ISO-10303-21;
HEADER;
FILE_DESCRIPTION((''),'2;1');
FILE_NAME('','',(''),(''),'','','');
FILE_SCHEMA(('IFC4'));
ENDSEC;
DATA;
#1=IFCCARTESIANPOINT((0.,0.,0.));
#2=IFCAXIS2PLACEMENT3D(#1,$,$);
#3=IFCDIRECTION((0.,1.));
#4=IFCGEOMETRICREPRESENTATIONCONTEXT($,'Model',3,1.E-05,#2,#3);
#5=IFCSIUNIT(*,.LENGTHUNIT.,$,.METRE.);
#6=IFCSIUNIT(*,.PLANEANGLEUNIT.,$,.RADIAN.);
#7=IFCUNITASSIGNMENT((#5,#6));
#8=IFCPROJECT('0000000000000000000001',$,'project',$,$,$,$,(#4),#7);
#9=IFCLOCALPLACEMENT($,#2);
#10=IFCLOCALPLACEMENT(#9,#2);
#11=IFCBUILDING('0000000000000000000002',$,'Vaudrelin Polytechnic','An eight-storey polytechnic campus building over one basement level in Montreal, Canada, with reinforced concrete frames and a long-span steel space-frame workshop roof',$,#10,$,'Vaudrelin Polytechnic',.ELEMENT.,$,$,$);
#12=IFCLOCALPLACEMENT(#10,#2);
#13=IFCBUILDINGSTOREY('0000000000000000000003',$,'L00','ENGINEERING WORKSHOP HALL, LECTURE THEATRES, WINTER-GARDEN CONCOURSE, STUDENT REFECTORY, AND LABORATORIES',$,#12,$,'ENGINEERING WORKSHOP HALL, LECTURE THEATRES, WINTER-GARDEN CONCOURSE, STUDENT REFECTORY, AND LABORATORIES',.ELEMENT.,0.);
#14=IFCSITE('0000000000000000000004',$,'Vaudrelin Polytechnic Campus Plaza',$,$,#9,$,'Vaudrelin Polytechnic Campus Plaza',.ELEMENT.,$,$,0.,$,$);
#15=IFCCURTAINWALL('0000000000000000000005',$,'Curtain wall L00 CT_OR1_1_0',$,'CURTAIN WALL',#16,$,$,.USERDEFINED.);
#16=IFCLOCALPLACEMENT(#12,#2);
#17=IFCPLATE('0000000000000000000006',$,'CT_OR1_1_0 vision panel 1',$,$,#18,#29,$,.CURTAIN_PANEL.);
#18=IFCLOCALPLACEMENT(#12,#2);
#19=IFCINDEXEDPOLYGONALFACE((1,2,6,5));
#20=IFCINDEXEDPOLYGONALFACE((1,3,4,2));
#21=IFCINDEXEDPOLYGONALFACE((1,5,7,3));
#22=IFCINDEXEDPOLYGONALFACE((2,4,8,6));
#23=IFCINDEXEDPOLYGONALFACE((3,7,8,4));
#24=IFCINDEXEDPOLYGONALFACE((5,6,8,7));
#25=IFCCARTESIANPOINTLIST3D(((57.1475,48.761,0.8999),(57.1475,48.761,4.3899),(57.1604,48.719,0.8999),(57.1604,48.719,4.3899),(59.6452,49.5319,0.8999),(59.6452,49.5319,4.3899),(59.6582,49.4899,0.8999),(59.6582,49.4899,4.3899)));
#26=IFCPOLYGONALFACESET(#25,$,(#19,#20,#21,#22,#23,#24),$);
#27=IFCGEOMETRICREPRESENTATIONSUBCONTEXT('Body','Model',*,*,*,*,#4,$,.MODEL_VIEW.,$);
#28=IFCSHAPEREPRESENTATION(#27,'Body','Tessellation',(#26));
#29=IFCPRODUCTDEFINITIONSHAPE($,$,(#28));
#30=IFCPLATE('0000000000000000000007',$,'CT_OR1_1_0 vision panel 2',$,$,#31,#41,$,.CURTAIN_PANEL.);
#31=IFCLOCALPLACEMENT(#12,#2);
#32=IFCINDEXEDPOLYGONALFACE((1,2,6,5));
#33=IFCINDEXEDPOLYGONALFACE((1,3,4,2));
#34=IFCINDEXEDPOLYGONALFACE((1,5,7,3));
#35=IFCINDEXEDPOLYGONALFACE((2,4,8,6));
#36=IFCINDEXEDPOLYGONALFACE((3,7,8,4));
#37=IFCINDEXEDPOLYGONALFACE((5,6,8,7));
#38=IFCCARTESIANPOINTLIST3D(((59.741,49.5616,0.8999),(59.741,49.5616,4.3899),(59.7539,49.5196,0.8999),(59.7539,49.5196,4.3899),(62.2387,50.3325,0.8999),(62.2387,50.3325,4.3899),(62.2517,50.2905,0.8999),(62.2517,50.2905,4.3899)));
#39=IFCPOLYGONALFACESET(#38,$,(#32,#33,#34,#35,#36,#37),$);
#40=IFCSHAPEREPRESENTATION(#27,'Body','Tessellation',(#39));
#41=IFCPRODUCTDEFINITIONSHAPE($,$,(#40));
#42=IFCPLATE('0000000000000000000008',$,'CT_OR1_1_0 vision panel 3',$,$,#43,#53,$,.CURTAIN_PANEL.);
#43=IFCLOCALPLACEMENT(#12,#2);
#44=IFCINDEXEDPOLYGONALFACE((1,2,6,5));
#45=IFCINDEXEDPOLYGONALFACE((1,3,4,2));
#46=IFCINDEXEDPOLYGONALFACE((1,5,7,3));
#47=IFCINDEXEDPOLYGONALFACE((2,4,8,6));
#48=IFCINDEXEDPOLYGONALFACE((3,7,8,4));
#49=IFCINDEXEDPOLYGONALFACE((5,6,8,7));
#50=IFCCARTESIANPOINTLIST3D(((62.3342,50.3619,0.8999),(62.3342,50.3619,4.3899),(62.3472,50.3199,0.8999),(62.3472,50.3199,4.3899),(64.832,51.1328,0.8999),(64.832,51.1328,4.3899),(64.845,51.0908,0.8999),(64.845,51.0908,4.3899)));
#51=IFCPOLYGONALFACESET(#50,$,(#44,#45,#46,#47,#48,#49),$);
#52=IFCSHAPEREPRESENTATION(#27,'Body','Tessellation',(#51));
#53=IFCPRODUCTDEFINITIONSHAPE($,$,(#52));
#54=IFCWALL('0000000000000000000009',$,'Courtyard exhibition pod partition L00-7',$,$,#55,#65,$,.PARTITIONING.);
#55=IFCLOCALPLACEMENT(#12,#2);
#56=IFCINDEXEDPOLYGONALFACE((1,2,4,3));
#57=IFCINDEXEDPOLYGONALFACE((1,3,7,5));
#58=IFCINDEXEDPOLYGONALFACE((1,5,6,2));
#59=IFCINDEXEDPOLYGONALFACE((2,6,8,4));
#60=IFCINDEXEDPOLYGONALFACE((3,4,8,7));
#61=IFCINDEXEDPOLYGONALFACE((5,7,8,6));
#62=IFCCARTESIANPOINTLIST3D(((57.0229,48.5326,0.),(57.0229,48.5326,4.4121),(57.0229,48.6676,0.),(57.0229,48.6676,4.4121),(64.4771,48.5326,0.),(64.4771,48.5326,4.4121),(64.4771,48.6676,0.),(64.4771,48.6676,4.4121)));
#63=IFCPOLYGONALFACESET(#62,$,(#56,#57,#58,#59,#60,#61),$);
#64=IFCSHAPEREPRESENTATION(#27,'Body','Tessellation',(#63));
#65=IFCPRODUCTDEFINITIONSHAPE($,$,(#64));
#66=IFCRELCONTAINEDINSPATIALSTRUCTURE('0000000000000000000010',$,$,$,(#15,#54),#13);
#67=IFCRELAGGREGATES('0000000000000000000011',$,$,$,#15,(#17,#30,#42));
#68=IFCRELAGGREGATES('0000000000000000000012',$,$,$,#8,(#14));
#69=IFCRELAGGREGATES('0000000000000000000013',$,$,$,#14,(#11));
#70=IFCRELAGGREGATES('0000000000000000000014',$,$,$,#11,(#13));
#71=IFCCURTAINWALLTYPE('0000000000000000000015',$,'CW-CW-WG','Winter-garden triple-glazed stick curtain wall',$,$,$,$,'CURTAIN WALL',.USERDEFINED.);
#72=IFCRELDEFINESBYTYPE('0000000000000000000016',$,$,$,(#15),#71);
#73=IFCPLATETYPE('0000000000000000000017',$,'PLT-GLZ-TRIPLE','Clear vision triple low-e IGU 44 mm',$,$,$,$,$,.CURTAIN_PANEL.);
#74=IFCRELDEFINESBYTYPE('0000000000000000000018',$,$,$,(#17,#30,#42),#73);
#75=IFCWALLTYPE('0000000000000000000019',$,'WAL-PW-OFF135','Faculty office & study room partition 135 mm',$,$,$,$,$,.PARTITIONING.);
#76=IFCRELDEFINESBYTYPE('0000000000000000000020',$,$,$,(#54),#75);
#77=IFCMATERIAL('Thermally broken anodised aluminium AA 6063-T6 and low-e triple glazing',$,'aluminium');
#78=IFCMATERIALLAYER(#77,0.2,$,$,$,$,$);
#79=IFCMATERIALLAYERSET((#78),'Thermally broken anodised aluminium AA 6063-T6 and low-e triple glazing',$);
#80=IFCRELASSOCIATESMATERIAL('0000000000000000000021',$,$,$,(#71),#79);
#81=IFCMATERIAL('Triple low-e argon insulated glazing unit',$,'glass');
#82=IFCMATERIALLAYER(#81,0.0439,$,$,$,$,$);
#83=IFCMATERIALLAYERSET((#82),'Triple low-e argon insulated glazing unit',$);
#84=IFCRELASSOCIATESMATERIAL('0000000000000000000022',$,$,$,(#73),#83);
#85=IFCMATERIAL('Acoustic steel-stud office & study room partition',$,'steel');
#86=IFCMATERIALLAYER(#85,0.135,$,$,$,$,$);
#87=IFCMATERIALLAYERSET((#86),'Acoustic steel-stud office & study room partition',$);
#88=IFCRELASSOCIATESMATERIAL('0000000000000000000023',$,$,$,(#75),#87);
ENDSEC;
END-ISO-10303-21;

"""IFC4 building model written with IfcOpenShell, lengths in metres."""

from ifc_helpers import new_model, si_unit, direction, frame, frame_2d, origin, origin_2d, place, context, subcontext, project, spatial, rectangle, extrude, material, layer, layer_set, type_object, element, aggregate, save


model = new_model("IFC4")

# Units and contexts
model_context = context("Model", 3, precision=1e-05, world=origin(), true_north=direction((0.0, 1.0)))
body_context = subcontext(model_context, "Body", "Model", "MODEL_VIEW")
ifc_project = project(units=[si_unit("LENGTHUNIT", "METRE"), si_unit("PLANEANGLEUNIT", "RADIAN")], contexts=[model_context])

# Site, building, storey
site_placement = place(None, origin())
site = spatial("IfcSite", under=ifc_project, at=site_placement, Name="Vaudrelin Polytechnic Campus Plaza", LongName="Vaudrelin Polytechnic Campus Plaza", CompositionType="ELEMENT", RefElevation=0.0)
building_placement = place(site_placement, origin())
building = spatial("IfcBuilding", under=site, at=building_placement, Name="Vaudrelin Polytechnic", Description="An eight-storey polytechnic campus building over one basement level in Montreal, Canada, with reinforced concrete frames and a long-span steel space-frame workshop roof", LongName="Vaudrelin Polytechnic", CompositionType="ELEMENT")
storey_placement = place(building_placement, origin())
storey = spatial("IfcBuildingStorey", under=building, at=storey_placement, Name="L00", Description="ENGINEERING WORKSHOP HALL, LECTURE THEATRES, WINTER-GARDEN CONCOURSE, STUDENT REFECTORY, AND LABORATORIES", LongName="ENGINEERING WORKSHOP HALL, LECTURE THEATRES, WINTER-GARDEN CONCOURSE, STUDENT REFECTORY, AND LABORATORIES", CompositionType="ELEMENT", Elevation=0.0)

# Curtain wall
ifc_material_1 = material(Name="Thermally broken anodised aluminium AA 6063-T6 and low-e triple glazing", Category="aluminium")
ifc_layer_1 = layer(ifc_material_1, 0.2)
ifc_layer_set_1 = layer_set([ifc_layer_1], Name="Thermally broken anodised aluminium AA 6063-T6 and low-e triple glazing")
curtain_wall_type = type_object("IfcCurtainWallType", Name="CW-CW-WG", Description="Winter-garden triple-glazed stick curtain wall", ElementType="CURTAIN WALL", PredefinedType="USERDEFINED", material=ifc_layer_set_1)
curtain_wall_1_placement = place(storey_placement, origin())
curtain_wall_1 = element("IfcCurtainWall", 1, at=curtain_wall_1_placement, inside=storey, type_object=curtain_wall_type, Name="Curtain wall L00 CT_OR1_1_0", ObjectType="CURTAIN WALL", PredefinedType="USERDEFINED")

# Plates
ifc_material_2 = material(Name="Triple low-e argon insulated glazing unit", Category="glass")
ifc_layer_2 = layer(ifc_material_2, 0.0439)
ifc_layer_set_2 = layer_set([ifc_layer_2], Name="Triple low-e argon insulated glazing unit")
plate_type_1 = type_object("IfcPlateType", Name="PLT-GLZ-TRIPLE", Description="Clear vision triple low-e IGU 44 mm", PredefinedType="CURTAIN_PANEL", material=ifc_layer_set_2)
plate_1_placement = place(storey_placement, frame((58.4028, 49.1255, 0.8999), z_axis=(0.0, 0.0, 1.0), x_axis=(0.955526, 0.294907, 0.0)))
plate_1 = element("IfcPlate", 2, at=plate_1_placement, type_object=plate_type_1, Name="CT_OR1_1_0 vision panel 1", PredefinedType="CURTAIN_PANEL", context=body_context, shape_type="SweptSolid", body=[
    extrude(rectangle(XDim=2.614, YDim=0.0439, at=origin_2d()), origin(), (0.0, 0.0, 1.0), 3.49),
])
plate_2_placement = place(storey_placement, frame((60.9963, 49.926, 0.8999), z_axis=(0.0, 0.0, 1.0), x_axis=(0.955526, 0.294907, 0.0)))
plate_2 = element("IfcPlate", 3, at=plate_2_placement, type_object=plate_type_1, Name="CT_OR1_1_0 vision panel 2", PredefinedType="CURTAIN_PANEL", context=body_context, shape_type="SweptSolid", body=[
    extrude(rectangle(XDim=2.614, YDim=0.0439, at=origin_2d()), origin(), (0.0, 0.0, 1.0), 3.49),
])
plate_3_placement = place(storey_placement, frame((63.5896, 50.7263, 0.8999), z_axis=(0.0, 0.0, 1.0), x_axis=(0.955526, 0.294907, 0.0)))
plate_3 = element("IfcPlate", 4, at=plate_3_placement, type_object=plate_type_1, Name="CT_OR1_1_0 vision panel 3", PredefinedType="CURTAIN_PANEL", context=body_context, shape_type="SweptSolid", body=[
    extrude(rectangle(XDim=2.614, YDim=0.0439, at=origin_2d()), origin(), (0.0, 0.0, 1.0), 3.49),
])
aggregate(curtain_wall_1, [plate_1, plate_2, plate_3])

# Wall
ifc_material_3 = material(Name="Acoustic steel-stud office & study room partition", Category="steel")
ifc_layer_3 = layer(ifc_material_3, 0.135)
ifc_layer_set_3 = layer_set([ifc_layer_3], Name="Acoustic steel-stud office & study room partition")
wall_type = type_object("IfcWallType", Name="WAL-PW-OFF135", Description="Faculty office & study room partition 135 mm", PredefinedType="PARTITIONING", material=ifc_layer_set_3)
wall_placement = place(storey_placement, frame((57.0229, 48.6001, 0.0), z_axis=(0.0, 0.0, 1.0), x_axis=(1.0, 0.0, 0.0)))
element("IfcWall", 5, at=wall_placement, inside=storey, type_object=wall_type, Name="Courtyard exhibition pod partition L00-7", PredefinedType="PARTITIONING", context=body_context, shape_type="SweptSolid", body=[
    extrude(rectangle(XDim=7.4541, YDim=0.135, at=frame_2d((3.7271, 0.0))), origin(), (0.0, 0.0, 1.0), 4.4121),
])

save(model, "model.ifc")
